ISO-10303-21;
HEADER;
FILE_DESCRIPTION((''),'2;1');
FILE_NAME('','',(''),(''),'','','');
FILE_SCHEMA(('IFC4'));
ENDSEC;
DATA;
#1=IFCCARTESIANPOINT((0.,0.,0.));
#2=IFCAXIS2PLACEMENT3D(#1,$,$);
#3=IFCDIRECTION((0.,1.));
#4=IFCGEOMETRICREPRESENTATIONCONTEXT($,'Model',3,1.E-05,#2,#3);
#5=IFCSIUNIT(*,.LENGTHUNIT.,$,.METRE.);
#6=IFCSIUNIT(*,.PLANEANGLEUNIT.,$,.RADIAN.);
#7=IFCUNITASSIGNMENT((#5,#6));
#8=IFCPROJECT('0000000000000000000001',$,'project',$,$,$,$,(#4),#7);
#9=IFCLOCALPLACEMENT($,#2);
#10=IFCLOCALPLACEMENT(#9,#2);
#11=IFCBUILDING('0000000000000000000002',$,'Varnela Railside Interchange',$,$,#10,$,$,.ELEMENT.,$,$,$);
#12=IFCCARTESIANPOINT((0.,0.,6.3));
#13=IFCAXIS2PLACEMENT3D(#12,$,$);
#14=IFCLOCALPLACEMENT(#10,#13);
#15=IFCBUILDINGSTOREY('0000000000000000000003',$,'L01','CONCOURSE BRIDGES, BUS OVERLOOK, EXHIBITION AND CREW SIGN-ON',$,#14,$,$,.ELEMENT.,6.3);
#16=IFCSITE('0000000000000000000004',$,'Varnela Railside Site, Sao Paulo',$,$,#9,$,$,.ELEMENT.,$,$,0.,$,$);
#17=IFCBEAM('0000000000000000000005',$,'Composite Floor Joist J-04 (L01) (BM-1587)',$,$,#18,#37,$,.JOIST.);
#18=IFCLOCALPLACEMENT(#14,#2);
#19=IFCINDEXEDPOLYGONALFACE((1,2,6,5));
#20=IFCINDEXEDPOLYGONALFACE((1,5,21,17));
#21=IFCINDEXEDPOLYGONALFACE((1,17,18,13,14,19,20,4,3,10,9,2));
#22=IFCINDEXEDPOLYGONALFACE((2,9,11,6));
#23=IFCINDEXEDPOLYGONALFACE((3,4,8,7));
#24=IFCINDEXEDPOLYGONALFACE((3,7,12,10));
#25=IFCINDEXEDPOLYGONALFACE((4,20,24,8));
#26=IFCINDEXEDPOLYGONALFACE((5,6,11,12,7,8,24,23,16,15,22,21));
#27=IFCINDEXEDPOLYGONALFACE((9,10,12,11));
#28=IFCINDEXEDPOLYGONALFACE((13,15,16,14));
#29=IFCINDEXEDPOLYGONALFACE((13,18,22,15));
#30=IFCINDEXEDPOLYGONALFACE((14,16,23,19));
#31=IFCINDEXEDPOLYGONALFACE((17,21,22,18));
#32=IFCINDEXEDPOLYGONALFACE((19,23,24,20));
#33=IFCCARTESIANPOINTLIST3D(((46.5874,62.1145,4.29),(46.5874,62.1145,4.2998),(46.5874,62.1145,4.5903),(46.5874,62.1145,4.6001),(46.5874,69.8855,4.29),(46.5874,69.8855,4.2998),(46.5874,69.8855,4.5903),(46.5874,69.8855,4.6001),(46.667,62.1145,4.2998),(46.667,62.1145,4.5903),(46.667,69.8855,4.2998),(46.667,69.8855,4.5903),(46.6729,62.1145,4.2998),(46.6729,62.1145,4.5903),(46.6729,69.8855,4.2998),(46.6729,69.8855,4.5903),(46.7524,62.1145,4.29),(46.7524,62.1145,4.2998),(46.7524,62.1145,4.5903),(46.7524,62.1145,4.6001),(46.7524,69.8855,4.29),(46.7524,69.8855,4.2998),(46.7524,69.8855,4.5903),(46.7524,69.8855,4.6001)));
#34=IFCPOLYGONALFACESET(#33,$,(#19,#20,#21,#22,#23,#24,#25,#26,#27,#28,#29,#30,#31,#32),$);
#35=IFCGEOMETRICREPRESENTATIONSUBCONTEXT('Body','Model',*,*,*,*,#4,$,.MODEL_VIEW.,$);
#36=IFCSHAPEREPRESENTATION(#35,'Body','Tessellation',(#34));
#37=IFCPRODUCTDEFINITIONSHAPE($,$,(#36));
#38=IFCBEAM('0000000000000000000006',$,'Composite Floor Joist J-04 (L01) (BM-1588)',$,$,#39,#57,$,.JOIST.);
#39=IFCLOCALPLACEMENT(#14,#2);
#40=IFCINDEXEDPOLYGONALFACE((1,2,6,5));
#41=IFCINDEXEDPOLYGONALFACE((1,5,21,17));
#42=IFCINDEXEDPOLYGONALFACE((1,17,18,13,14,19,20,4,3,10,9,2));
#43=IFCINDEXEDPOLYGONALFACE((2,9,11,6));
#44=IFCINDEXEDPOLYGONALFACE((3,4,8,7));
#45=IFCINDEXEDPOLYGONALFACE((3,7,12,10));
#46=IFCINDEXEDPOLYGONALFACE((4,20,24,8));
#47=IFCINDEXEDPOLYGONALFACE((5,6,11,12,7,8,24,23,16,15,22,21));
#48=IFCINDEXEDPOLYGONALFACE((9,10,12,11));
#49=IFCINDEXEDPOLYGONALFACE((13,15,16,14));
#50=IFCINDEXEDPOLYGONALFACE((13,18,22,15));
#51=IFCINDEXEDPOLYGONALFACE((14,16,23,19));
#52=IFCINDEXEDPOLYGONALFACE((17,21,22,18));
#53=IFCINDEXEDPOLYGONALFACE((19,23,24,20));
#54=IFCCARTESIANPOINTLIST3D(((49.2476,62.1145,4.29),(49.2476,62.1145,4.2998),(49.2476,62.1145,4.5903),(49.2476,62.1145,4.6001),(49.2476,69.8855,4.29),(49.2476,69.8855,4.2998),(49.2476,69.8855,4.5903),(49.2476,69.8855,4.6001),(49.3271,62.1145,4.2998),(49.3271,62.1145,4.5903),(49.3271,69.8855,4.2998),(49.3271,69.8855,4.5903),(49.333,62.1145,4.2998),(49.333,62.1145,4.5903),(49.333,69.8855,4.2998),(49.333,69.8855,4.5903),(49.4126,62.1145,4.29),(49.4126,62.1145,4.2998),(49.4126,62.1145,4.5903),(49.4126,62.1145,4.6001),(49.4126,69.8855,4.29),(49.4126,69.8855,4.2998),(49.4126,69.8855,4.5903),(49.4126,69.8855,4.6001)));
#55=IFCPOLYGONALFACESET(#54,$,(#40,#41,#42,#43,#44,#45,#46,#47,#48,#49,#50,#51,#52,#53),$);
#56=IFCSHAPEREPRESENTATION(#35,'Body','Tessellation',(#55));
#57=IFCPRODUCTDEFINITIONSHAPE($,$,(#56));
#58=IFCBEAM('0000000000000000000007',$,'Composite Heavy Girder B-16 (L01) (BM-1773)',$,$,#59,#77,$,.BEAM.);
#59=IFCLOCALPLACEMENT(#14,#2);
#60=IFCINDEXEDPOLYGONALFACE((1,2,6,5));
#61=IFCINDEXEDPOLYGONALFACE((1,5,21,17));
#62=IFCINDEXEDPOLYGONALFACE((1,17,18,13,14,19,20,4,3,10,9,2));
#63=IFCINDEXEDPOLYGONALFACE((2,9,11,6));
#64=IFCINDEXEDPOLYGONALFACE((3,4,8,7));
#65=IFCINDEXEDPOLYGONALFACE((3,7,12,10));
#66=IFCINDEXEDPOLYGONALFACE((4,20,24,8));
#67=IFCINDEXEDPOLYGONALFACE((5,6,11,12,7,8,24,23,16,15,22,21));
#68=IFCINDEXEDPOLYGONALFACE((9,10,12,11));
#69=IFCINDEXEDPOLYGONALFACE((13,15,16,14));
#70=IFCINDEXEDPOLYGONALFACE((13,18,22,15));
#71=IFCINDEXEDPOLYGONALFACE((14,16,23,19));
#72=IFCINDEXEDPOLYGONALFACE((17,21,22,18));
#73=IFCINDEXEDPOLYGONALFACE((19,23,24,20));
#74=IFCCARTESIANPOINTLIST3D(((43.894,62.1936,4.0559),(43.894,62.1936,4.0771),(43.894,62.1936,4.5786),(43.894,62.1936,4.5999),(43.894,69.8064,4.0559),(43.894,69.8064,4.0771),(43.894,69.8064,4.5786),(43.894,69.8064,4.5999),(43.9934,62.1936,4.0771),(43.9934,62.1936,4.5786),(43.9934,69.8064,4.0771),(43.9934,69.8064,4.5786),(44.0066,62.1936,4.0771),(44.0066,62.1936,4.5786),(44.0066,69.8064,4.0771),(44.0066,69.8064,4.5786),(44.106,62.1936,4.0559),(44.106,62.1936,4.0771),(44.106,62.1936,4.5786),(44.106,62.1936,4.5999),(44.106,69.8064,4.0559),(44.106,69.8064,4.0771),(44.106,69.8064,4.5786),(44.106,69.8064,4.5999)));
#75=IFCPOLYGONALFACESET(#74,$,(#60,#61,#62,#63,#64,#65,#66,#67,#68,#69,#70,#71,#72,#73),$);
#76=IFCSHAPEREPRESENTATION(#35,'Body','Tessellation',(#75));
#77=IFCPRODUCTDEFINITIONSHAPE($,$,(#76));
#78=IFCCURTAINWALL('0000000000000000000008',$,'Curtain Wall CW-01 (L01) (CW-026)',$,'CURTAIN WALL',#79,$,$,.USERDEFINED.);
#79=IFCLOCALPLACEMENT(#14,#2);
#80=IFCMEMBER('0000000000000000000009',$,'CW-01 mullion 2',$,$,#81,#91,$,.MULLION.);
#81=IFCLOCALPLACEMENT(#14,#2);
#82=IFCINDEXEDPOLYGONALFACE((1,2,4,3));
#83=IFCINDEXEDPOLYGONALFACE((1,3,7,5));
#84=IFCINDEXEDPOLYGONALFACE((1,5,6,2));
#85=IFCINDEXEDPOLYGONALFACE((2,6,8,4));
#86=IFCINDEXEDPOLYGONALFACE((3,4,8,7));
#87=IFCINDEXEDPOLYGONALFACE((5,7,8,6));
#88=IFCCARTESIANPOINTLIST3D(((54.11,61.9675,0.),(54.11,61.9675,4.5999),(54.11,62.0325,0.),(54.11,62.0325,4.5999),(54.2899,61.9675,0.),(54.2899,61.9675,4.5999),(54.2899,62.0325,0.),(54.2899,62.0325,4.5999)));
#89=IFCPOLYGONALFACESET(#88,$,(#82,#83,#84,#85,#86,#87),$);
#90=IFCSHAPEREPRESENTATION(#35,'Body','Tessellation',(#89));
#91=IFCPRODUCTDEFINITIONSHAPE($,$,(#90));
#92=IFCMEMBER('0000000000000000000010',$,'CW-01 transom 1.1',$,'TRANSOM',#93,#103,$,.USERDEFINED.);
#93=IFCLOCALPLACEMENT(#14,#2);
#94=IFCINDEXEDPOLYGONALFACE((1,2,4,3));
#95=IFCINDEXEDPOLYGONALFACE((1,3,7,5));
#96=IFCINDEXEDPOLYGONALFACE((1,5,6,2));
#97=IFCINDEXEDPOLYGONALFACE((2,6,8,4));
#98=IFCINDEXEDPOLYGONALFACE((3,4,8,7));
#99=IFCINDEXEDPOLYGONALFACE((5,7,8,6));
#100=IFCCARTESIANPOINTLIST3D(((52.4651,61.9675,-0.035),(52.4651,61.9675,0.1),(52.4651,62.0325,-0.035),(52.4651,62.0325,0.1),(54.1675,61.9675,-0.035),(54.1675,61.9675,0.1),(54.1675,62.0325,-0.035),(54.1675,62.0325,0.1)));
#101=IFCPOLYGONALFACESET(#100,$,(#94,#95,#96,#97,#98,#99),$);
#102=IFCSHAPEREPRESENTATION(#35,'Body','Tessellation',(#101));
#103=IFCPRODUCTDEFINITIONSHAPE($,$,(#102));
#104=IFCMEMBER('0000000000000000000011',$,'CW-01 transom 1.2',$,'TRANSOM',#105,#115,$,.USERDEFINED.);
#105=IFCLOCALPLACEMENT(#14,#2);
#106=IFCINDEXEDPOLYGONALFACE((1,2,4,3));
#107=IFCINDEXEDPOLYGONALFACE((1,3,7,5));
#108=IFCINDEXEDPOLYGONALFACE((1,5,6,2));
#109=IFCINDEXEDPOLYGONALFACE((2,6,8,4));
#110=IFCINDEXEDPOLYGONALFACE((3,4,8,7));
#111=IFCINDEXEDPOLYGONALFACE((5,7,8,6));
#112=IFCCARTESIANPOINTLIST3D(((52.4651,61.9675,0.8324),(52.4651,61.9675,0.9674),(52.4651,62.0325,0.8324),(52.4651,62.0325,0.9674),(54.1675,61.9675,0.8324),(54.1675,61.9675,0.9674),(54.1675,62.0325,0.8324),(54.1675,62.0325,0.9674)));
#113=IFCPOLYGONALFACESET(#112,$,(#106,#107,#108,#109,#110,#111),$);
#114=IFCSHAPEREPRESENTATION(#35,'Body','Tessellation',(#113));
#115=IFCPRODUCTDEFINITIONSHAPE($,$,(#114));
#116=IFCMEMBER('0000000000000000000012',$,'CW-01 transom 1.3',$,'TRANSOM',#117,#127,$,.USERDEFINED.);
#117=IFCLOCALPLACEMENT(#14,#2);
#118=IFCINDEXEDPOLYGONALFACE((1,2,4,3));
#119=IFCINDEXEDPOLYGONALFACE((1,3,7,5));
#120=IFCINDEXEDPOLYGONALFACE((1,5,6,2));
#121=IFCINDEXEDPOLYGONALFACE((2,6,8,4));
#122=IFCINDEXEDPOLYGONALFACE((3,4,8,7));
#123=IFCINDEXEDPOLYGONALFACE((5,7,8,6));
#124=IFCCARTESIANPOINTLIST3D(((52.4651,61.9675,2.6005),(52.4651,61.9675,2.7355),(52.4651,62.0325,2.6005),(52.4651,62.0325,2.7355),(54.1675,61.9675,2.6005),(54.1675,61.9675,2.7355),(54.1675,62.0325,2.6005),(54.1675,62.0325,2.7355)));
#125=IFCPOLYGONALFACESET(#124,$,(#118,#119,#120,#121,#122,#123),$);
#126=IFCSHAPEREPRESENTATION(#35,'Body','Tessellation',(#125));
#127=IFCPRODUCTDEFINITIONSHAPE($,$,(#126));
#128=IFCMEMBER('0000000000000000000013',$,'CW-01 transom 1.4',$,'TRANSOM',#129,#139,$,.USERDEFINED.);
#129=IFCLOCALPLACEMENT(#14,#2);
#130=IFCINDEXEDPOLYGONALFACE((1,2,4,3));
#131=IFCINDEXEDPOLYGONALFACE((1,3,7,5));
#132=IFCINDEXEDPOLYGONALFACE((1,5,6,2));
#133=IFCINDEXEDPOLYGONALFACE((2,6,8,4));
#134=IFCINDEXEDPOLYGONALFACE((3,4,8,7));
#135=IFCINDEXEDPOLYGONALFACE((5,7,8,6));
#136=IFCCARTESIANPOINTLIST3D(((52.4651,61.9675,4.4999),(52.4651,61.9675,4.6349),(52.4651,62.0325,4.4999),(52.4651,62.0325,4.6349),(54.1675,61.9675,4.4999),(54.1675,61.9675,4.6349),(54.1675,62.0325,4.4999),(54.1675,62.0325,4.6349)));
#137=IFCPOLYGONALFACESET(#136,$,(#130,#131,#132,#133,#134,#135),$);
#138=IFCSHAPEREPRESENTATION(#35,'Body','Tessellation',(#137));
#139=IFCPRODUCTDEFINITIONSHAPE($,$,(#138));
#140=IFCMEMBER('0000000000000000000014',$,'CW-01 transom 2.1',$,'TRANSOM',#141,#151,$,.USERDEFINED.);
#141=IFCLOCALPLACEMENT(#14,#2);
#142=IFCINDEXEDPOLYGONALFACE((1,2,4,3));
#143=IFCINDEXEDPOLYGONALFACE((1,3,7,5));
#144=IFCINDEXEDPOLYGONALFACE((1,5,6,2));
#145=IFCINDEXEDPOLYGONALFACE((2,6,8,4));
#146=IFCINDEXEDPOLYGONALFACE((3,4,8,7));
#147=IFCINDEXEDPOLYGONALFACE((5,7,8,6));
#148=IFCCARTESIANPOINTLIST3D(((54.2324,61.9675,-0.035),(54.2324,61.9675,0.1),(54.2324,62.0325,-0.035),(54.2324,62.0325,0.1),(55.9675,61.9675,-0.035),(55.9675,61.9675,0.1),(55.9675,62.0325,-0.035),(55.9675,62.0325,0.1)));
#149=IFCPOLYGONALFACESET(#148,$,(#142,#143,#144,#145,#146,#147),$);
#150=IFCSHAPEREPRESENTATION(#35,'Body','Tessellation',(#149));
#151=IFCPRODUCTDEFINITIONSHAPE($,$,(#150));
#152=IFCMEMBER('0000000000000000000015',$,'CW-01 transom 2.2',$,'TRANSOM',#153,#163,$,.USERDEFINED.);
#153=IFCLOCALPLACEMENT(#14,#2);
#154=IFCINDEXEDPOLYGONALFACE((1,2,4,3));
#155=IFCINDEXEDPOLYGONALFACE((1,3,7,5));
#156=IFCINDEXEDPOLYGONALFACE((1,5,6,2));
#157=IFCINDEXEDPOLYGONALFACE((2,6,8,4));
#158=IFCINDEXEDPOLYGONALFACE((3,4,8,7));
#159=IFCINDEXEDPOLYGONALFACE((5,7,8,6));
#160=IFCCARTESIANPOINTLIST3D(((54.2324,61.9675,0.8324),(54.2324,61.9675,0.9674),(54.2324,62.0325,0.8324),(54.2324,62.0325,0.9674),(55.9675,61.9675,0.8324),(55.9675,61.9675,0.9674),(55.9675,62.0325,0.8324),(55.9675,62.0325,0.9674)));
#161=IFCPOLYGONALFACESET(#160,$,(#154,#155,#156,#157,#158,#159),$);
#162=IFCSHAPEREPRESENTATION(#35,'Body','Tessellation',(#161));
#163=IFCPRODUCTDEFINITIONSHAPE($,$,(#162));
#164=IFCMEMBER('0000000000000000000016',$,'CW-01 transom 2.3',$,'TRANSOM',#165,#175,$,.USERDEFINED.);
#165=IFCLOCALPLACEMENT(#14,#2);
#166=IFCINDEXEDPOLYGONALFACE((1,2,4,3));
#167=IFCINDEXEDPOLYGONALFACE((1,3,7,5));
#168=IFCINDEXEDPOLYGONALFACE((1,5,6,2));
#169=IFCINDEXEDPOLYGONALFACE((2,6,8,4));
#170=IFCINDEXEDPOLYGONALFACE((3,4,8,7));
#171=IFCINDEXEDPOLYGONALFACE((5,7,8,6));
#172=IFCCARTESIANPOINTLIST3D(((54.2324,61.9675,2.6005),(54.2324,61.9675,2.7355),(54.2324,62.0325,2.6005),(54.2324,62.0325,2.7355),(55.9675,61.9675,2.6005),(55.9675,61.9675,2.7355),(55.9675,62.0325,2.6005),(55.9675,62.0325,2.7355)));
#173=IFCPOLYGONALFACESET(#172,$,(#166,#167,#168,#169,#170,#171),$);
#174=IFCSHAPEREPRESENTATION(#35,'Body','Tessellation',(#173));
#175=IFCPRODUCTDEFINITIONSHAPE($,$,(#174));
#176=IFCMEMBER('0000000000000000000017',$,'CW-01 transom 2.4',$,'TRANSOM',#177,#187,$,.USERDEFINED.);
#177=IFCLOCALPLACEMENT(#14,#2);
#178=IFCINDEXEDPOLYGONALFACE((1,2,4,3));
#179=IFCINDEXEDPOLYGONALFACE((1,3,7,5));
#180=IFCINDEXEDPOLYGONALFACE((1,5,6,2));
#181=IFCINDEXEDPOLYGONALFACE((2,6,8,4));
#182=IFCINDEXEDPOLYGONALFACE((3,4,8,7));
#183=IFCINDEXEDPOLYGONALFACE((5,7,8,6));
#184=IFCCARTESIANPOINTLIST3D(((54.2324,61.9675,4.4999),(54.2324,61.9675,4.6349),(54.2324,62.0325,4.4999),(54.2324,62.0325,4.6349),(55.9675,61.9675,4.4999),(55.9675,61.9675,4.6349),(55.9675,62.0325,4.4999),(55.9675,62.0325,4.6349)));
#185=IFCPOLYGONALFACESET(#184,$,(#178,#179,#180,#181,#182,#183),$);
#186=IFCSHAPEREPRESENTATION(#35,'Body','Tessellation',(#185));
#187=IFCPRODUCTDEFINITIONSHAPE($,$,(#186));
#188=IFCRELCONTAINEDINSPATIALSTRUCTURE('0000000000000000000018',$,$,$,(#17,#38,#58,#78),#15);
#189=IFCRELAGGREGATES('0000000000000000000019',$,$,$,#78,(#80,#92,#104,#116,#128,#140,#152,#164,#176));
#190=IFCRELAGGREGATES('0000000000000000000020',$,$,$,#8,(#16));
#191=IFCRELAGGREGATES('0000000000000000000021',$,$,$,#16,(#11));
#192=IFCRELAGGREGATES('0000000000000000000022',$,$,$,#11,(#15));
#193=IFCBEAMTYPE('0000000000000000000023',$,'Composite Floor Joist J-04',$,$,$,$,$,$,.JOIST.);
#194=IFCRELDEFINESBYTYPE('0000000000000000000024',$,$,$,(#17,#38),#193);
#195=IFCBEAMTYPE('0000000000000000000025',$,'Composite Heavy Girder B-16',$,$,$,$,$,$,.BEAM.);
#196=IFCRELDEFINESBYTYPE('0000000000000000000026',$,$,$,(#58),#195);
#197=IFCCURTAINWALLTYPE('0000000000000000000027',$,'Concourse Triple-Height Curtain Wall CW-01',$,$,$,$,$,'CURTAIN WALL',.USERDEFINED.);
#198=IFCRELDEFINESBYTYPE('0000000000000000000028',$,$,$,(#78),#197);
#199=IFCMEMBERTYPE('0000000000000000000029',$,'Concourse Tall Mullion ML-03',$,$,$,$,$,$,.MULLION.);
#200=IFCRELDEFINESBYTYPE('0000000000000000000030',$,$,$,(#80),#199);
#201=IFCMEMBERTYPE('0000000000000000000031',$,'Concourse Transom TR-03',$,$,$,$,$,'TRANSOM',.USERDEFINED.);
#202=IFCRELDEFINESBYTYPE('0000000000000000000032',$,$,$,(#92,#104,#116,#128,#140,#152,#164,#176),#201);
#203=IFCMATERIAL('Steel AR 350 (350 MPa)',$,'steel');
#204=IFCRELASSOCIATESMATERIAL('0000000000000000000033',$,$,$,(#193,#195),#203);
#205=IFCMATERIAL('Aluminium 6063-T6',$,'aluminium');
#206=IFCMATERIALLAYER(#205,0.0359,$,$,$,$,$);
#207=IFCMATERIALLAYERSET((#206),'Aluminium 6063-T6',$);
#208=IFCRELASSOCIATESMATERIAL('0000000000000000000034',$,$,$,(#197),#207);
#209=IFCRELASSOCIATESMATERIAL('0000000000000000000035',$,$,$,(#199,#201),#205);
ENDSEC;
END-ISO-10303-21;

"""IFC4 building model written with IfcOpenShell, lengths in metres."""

from ifc_helpers import new_model, si_unit, direction, frame, origin, origin_2d, place, context, subcontext, project, spatial, rectangle, i_section, extrude, material, layer, layer_set, material_profile, profile_set, type_object, element, aggregate, save


model = new_model("IFC4")

# Units and contexts
model_context = context("Model", 3, precision=1e-05, world=origin(), true_north=direction((0.0, 1.0)))
body_context = subcontext(model_context, "Body", "Model", "MODEL_VIEW")
ifc_project = project(units=[si_unit("LENGTHUNIT", "METRE"), si_unit("PLANEANGLEUNIT", "RADIAN")], contexts=[model_context])

# Site, building, storey
site_placement = place(None, origin())
site = spatial("IfcSite", under=ifc_project, at=site_placement, Name="Varnela Railside Site, Sao Paulo", CompositionType="ELEMENT", RefElevation=0.0)
building_placement = place(site_placement, origin())
building = spatial("IfcBuilding", under=site, at=building_placement, Name="Varnela Railside Interchange", CompositionType="ELEMENT")
storey_placement = place(building_placement, frame((0.0, 0.0, 6.3)))
storey = spatial("IfcBuildingStorey", under=building, at=storey_placement, Name="L01", Description="CONCOURSE BRIDGES, BUS OVERLOOK, EXHIBITION AND CREW SIGN-ON", CompositionType="ELEMENT", Elevation=6.3)

# Beams
ifc_material_1 = material(Name="Steel AR 350 (350 MPa)", Category="steel")
ifc_material_profile_1 = material_profile(ifc_material_1, i_section(OverallWidth=0.165, OverallDepth=0.3101, WebThickness=0.0059, FlangeThickness=0.0098, at=origin_2d()), Name="W310x38.7")
ifc_profile_set_1 = profile_set([ifc_material_profile_1], Name="Steel AR 350 (350 MPa)")
beam_type_1 = type_object("IfcBeamType", Name="Composite Floor Joist J-04", PredefinedType="JOIST", material=ifc_profile_set_1)
for number, where, z_axis, x_axis, name in (
    (1, (46.6699, 62.1145, 4.4451), (0.0, 1.0, 0.0), (-1.0, 0.0, 0.0), "Composite Floor Joist J-04 (L01) (BM-1587)"),
    (2, (49.3301, 62.1145, 4.4451), (0.0, 1.0, 0.0), (-1.0, 0.0, 0.0), "Composite Floor Joist J-04 (L01) (BM-1588)"),
):
    element("IfcBeam", number, at=place(storey_placement, frame(where, z_axis=z_axis, x_axis=x_axis)), inside=storey, type_object=beam_type_1, Name=name, PredefinedType="JOIST", context=body_context, shape_type="SweptSolid", body=[
        extrude(i_section(OverallWidth=0.165, OverallDepth=0.3101, WebThickness=0.0059, FlangeThickness=0.0098, at=origin_2d()), origin(), (0.0, 0.0, 1.0), 7.771),
    ])
ifc_material_profile_2 = material_profile(ifc_material_1, i_section(OverallWidth=0.2119, OverallDepth=0.5439, WebThickness=0.0132, FlangeThickness=0.0212, at=origin_2d()), Name="W530x123")
ifc_profile_set_2 = profile_set([ifc_material_profile_2], Name="Steel AR 350 (350 MPa)")
beam_type_2 = type_object("IfcBeamType", Name="Composite Heavy Girder B-16", PredefinedType="BEAM", material=ifc_profile_set_2)
beam_1_placement = place(storey_placement, frame((44.0, 62.1936, 4.3279), z_axis=(0.0, 1.0, 0.0), x_axis=(-1.0, 0.0, 0.0)))
element("IfcBeam", 3, at=beam_1_placement, inside=storey, type_object=beam_type_2, Name="Composite Heavy Girder B-16 (L01) (BM-1773)", PredefinedType="BEAM", context=body_context, shape_type="SweptSolid", body=[
    extrude(i_section(OverallWidth=0.2119, OverallDepth=0.5439, WebThickness=0.0132, FlangeThickness=0.0212, at=origin_2d()), origin(), (0.0, 0.0, 1.0), 7.6128),
])

# Curtain wall, members
ifc_material_2 = material(Name="Aluminium 6063-T6", Category="aluminium")
ifc_layer_1 = layer(ifc_material_2, 0.0359)
ifc_layer_set_1 = layer_set([ifc_layer_1], Name="Aluminium 6063-T6")
curtain_wall_type_1 = type_object("IfcCurtainWallType", Name="Concourse Triple-Height Curtain Wall CW-01", ElementType="CURTAIN WALL", PredefinedType="USERDEFINED", material=ifc_layer_set_1)
curtain_wall_1_placement = place(storey_placement, origin())
curtain_wall_1 = element("IfcCurtainWall", 4, at=curtain_wall_1_placement, inside=storey, type_object=curtain_wall_type_1, Name="Curtain Wall CW-01 (L01) (CW-026)", ObjectType="CURTAIN WALL", PredefinedType="USERDEFINED")
ifc_material_profile_3 = material_profile(ifc_material_2, rectangle(XDim=0.0649, YDim=0.1799, at=origin_2d()), Name="ALU 65x180")
ifc_profile_set_3 = profile_set([ifc_material_profile_3], Name="Aluminium 6063-T6")
member_type_1 = type_object("IfcMemberType", Name="Concourse Tall Mullion ML-03", PredefinedType="MULLION", material=ifc_profile_set_3)
member_1_placement = place(storey_placement, frame((54.2, 62.0, 0.0), z_axis=(0.0, 0.0, 1.0), x_axis=(0.0, 1.0, 0.0)))
member_1 = element("IfcMember", 5, at=member_1_placement, type_object=member_type_1, Name="CW-01 mullion 2", PredefinedType="MULLION", context=body_context, shape_type="SweptSolid", body=[
    extrude(rectangle(XDim=0.0649, YDim=0.1799, at=origin_2d()), origin(), (0.0, 0.0, 1.0), 4.5999),
])
ifc_material_profile_4 = material_profile(ifc_material_2, rectangle(XDim=0.0649, YDim=0.135, at=origin_2d()), Name="ALU 65x135")
ifc_profile_set_4 = profile_set([ifc_material_profile_4], Name="Aluminium 6063-T6")
member_type_2 = type_object("IfcMemberType", Name="Concourse Transom TR-03", ElementType="TRANSOM", PredefinedType="USERDEFINED", material=ifc_profile_set_4)
member_2_placement = place(storey_placement, frame((52.4651, 62.0, 0.0325), z_axis=(1.0, 0.0, 0.0), x_axis=(0.0, 1.0, 0.0)))
member_2 = element("IfcMember", 6, at=member_2_placement, type_object=member_type_2, Name="CW-01 transom 1.1", ObjectType="TRANSOM", PredefinedType="USERDEFINED", context=body_context, shape_type="SweptSolid", body=[
    extrude(rectangle(XDim=0.0649, YDim=0.135, at=origin_2d()), origin(), (0.0, 0.0, 1.0), 1.7024),
])
member_3_placement = place(storey_placement, frame((52.4651, 62.0, 0.8999), z_axis=(1.0, 0.0, 0.0), x_axis=(0.0, 1.0, 0.0)))
member_3 = element("IfcMember", 7, at=member_3_placement, type_object=member_type_2, Name="CW-01 transom 1.2", ObjectType="TRANSOM", PredefinedType="USERDEFINED", context=body_context, shape_type="SweptSolid", body=[
    extrude(rectangle(XDim=0.0649, YDim=0.135, at=origin_2d()), origin(), (0.0, 0.0, 1.0), 1.7024),
])
member_4_placement = place(storey_placement, frame((52.4651, 62.0, 2.668), z_axis=(1.0, 0.0, 0.0), x_axis=(0.0, 1.0, 0.0)))
member_4 = element("IfcMember", 8, at=member_4_placement, type_object=member_type_2, Name="CW-01 transom 1.3", ObjectType="TRANSOM", PredefinedType="USERDEFINED", context=body_context, shape_type="SweptSolid", body=[
    extrude(rectangle(XDim=0.0649, YDim=0.135, at=origin_2d()), origin(), (0.0, 0.0, 1.0), 1.7024),
])
member_5_placement = place(storey_placement, frame((52.4651, 62.0, 4.5674), z_axis=(1.0, 0.0, 0.0), x_axis=(0.0, 1.0, 0.0)))
member_5 = element("IfcMember", 9, at=member_5_placement, type_object=member_type_2, Name="CW-01 transom 1.4", ObjectType="TRANSOM", PredefinedType="USERDEFINED", context=body_context, shape_type="SweptSolid", body=[
    extrude(rectangle(XDim=0.0649, YDim=0.135, at=origin_2d()), origin(), (0.0, 0.0, 1.0), 1.7024),
])
member_6_placement = place(storey_placement, frame((54.2324, 62.0, 0.0325), z_axis=(1.0, 0.0, 0.0), x_axis=(0.0, 1.0, 0.0)))
member_6 = element("IfcMember", 10, at=member_6_placement, type_object=member_type_2, Name="CW-01 transom 2.1", ObjectType="TRANSOM", PredefinedType="USERDEFINED", context=body_context, shape_type="SweptSolid", body=[
    extrude(rectangle(XDim=0.0649, YDim=0.135, at=origin_2d()), origin(), (0.0, 0.0, 1.0), 1.7351),
])
member_7_placement = place(storey_placement, frame((54.2324, 62.0, 0.8999), z_axis=(1.0, 0.0, 0.0), x_axis=(0.0, 1.0, 0.0)))
member_7 = element("IfcMember", 11, at=member_7_placement, type_object=member_type_2, Name="CW-01 transom 2.2", ObjectType="TRANSOM", PredefinedType="USERDEFINED", context=body_context, shape_type="SweptSolid", body=[
    extrude(rectangle(XDim=0.0649, YDim=0.135, at=origin_2d()), origin(), (0.0, 0.0, 1.0), 1.7351),
])
member_8_placement = place(storey_placement, frame((54.2324, 62.0, 2.668), z_axis=(1.0, 0.0, 0.0), x_axis=(0.0, 1.0, 0.0)))
member_8 = element("IfcMember", 12, at=member_8_placement, type_object=member_type_2, Name="CW-01 transom 2.3", ObjectType="TRANSOM", PredefinedType="USERDEFINED", context=body_context, shape_type="SweptSolid", body=[
    extrude(rectangle(XDim=0.0649, YDim=0.135, at=origin_2d()), origin(), (0.0, 0.0, 1.0), 1.7351),
])
member_9_placement = place(storey_placement, frame((54.2324, 62.0, 4.5674), z_axis=(1.0, 0.0, 0.0), x_axis=(0.0, 1.0, 0.0)))
member_9 = element("IfcMember", 13, at=member_9_placement, type_object=member_type_2, Name="CW-01 transom 2.4", ObjectType="TRANSOM", PredefinedType="USERDEFINED", context=body_context, shape_type="SweptSolid", body=[
    extrude(rectangle(XDim=0.0649, YDim=0.135, at=origin_2d()), origin(), (0.0, 0.0, 1.0), 1.7351),
])

aggregate(curtain_wall_1, [member_1, member_2, member_3, member_4, member_5, member_6, member_7, member_8, member_9])

save(model, "model.ifc")
